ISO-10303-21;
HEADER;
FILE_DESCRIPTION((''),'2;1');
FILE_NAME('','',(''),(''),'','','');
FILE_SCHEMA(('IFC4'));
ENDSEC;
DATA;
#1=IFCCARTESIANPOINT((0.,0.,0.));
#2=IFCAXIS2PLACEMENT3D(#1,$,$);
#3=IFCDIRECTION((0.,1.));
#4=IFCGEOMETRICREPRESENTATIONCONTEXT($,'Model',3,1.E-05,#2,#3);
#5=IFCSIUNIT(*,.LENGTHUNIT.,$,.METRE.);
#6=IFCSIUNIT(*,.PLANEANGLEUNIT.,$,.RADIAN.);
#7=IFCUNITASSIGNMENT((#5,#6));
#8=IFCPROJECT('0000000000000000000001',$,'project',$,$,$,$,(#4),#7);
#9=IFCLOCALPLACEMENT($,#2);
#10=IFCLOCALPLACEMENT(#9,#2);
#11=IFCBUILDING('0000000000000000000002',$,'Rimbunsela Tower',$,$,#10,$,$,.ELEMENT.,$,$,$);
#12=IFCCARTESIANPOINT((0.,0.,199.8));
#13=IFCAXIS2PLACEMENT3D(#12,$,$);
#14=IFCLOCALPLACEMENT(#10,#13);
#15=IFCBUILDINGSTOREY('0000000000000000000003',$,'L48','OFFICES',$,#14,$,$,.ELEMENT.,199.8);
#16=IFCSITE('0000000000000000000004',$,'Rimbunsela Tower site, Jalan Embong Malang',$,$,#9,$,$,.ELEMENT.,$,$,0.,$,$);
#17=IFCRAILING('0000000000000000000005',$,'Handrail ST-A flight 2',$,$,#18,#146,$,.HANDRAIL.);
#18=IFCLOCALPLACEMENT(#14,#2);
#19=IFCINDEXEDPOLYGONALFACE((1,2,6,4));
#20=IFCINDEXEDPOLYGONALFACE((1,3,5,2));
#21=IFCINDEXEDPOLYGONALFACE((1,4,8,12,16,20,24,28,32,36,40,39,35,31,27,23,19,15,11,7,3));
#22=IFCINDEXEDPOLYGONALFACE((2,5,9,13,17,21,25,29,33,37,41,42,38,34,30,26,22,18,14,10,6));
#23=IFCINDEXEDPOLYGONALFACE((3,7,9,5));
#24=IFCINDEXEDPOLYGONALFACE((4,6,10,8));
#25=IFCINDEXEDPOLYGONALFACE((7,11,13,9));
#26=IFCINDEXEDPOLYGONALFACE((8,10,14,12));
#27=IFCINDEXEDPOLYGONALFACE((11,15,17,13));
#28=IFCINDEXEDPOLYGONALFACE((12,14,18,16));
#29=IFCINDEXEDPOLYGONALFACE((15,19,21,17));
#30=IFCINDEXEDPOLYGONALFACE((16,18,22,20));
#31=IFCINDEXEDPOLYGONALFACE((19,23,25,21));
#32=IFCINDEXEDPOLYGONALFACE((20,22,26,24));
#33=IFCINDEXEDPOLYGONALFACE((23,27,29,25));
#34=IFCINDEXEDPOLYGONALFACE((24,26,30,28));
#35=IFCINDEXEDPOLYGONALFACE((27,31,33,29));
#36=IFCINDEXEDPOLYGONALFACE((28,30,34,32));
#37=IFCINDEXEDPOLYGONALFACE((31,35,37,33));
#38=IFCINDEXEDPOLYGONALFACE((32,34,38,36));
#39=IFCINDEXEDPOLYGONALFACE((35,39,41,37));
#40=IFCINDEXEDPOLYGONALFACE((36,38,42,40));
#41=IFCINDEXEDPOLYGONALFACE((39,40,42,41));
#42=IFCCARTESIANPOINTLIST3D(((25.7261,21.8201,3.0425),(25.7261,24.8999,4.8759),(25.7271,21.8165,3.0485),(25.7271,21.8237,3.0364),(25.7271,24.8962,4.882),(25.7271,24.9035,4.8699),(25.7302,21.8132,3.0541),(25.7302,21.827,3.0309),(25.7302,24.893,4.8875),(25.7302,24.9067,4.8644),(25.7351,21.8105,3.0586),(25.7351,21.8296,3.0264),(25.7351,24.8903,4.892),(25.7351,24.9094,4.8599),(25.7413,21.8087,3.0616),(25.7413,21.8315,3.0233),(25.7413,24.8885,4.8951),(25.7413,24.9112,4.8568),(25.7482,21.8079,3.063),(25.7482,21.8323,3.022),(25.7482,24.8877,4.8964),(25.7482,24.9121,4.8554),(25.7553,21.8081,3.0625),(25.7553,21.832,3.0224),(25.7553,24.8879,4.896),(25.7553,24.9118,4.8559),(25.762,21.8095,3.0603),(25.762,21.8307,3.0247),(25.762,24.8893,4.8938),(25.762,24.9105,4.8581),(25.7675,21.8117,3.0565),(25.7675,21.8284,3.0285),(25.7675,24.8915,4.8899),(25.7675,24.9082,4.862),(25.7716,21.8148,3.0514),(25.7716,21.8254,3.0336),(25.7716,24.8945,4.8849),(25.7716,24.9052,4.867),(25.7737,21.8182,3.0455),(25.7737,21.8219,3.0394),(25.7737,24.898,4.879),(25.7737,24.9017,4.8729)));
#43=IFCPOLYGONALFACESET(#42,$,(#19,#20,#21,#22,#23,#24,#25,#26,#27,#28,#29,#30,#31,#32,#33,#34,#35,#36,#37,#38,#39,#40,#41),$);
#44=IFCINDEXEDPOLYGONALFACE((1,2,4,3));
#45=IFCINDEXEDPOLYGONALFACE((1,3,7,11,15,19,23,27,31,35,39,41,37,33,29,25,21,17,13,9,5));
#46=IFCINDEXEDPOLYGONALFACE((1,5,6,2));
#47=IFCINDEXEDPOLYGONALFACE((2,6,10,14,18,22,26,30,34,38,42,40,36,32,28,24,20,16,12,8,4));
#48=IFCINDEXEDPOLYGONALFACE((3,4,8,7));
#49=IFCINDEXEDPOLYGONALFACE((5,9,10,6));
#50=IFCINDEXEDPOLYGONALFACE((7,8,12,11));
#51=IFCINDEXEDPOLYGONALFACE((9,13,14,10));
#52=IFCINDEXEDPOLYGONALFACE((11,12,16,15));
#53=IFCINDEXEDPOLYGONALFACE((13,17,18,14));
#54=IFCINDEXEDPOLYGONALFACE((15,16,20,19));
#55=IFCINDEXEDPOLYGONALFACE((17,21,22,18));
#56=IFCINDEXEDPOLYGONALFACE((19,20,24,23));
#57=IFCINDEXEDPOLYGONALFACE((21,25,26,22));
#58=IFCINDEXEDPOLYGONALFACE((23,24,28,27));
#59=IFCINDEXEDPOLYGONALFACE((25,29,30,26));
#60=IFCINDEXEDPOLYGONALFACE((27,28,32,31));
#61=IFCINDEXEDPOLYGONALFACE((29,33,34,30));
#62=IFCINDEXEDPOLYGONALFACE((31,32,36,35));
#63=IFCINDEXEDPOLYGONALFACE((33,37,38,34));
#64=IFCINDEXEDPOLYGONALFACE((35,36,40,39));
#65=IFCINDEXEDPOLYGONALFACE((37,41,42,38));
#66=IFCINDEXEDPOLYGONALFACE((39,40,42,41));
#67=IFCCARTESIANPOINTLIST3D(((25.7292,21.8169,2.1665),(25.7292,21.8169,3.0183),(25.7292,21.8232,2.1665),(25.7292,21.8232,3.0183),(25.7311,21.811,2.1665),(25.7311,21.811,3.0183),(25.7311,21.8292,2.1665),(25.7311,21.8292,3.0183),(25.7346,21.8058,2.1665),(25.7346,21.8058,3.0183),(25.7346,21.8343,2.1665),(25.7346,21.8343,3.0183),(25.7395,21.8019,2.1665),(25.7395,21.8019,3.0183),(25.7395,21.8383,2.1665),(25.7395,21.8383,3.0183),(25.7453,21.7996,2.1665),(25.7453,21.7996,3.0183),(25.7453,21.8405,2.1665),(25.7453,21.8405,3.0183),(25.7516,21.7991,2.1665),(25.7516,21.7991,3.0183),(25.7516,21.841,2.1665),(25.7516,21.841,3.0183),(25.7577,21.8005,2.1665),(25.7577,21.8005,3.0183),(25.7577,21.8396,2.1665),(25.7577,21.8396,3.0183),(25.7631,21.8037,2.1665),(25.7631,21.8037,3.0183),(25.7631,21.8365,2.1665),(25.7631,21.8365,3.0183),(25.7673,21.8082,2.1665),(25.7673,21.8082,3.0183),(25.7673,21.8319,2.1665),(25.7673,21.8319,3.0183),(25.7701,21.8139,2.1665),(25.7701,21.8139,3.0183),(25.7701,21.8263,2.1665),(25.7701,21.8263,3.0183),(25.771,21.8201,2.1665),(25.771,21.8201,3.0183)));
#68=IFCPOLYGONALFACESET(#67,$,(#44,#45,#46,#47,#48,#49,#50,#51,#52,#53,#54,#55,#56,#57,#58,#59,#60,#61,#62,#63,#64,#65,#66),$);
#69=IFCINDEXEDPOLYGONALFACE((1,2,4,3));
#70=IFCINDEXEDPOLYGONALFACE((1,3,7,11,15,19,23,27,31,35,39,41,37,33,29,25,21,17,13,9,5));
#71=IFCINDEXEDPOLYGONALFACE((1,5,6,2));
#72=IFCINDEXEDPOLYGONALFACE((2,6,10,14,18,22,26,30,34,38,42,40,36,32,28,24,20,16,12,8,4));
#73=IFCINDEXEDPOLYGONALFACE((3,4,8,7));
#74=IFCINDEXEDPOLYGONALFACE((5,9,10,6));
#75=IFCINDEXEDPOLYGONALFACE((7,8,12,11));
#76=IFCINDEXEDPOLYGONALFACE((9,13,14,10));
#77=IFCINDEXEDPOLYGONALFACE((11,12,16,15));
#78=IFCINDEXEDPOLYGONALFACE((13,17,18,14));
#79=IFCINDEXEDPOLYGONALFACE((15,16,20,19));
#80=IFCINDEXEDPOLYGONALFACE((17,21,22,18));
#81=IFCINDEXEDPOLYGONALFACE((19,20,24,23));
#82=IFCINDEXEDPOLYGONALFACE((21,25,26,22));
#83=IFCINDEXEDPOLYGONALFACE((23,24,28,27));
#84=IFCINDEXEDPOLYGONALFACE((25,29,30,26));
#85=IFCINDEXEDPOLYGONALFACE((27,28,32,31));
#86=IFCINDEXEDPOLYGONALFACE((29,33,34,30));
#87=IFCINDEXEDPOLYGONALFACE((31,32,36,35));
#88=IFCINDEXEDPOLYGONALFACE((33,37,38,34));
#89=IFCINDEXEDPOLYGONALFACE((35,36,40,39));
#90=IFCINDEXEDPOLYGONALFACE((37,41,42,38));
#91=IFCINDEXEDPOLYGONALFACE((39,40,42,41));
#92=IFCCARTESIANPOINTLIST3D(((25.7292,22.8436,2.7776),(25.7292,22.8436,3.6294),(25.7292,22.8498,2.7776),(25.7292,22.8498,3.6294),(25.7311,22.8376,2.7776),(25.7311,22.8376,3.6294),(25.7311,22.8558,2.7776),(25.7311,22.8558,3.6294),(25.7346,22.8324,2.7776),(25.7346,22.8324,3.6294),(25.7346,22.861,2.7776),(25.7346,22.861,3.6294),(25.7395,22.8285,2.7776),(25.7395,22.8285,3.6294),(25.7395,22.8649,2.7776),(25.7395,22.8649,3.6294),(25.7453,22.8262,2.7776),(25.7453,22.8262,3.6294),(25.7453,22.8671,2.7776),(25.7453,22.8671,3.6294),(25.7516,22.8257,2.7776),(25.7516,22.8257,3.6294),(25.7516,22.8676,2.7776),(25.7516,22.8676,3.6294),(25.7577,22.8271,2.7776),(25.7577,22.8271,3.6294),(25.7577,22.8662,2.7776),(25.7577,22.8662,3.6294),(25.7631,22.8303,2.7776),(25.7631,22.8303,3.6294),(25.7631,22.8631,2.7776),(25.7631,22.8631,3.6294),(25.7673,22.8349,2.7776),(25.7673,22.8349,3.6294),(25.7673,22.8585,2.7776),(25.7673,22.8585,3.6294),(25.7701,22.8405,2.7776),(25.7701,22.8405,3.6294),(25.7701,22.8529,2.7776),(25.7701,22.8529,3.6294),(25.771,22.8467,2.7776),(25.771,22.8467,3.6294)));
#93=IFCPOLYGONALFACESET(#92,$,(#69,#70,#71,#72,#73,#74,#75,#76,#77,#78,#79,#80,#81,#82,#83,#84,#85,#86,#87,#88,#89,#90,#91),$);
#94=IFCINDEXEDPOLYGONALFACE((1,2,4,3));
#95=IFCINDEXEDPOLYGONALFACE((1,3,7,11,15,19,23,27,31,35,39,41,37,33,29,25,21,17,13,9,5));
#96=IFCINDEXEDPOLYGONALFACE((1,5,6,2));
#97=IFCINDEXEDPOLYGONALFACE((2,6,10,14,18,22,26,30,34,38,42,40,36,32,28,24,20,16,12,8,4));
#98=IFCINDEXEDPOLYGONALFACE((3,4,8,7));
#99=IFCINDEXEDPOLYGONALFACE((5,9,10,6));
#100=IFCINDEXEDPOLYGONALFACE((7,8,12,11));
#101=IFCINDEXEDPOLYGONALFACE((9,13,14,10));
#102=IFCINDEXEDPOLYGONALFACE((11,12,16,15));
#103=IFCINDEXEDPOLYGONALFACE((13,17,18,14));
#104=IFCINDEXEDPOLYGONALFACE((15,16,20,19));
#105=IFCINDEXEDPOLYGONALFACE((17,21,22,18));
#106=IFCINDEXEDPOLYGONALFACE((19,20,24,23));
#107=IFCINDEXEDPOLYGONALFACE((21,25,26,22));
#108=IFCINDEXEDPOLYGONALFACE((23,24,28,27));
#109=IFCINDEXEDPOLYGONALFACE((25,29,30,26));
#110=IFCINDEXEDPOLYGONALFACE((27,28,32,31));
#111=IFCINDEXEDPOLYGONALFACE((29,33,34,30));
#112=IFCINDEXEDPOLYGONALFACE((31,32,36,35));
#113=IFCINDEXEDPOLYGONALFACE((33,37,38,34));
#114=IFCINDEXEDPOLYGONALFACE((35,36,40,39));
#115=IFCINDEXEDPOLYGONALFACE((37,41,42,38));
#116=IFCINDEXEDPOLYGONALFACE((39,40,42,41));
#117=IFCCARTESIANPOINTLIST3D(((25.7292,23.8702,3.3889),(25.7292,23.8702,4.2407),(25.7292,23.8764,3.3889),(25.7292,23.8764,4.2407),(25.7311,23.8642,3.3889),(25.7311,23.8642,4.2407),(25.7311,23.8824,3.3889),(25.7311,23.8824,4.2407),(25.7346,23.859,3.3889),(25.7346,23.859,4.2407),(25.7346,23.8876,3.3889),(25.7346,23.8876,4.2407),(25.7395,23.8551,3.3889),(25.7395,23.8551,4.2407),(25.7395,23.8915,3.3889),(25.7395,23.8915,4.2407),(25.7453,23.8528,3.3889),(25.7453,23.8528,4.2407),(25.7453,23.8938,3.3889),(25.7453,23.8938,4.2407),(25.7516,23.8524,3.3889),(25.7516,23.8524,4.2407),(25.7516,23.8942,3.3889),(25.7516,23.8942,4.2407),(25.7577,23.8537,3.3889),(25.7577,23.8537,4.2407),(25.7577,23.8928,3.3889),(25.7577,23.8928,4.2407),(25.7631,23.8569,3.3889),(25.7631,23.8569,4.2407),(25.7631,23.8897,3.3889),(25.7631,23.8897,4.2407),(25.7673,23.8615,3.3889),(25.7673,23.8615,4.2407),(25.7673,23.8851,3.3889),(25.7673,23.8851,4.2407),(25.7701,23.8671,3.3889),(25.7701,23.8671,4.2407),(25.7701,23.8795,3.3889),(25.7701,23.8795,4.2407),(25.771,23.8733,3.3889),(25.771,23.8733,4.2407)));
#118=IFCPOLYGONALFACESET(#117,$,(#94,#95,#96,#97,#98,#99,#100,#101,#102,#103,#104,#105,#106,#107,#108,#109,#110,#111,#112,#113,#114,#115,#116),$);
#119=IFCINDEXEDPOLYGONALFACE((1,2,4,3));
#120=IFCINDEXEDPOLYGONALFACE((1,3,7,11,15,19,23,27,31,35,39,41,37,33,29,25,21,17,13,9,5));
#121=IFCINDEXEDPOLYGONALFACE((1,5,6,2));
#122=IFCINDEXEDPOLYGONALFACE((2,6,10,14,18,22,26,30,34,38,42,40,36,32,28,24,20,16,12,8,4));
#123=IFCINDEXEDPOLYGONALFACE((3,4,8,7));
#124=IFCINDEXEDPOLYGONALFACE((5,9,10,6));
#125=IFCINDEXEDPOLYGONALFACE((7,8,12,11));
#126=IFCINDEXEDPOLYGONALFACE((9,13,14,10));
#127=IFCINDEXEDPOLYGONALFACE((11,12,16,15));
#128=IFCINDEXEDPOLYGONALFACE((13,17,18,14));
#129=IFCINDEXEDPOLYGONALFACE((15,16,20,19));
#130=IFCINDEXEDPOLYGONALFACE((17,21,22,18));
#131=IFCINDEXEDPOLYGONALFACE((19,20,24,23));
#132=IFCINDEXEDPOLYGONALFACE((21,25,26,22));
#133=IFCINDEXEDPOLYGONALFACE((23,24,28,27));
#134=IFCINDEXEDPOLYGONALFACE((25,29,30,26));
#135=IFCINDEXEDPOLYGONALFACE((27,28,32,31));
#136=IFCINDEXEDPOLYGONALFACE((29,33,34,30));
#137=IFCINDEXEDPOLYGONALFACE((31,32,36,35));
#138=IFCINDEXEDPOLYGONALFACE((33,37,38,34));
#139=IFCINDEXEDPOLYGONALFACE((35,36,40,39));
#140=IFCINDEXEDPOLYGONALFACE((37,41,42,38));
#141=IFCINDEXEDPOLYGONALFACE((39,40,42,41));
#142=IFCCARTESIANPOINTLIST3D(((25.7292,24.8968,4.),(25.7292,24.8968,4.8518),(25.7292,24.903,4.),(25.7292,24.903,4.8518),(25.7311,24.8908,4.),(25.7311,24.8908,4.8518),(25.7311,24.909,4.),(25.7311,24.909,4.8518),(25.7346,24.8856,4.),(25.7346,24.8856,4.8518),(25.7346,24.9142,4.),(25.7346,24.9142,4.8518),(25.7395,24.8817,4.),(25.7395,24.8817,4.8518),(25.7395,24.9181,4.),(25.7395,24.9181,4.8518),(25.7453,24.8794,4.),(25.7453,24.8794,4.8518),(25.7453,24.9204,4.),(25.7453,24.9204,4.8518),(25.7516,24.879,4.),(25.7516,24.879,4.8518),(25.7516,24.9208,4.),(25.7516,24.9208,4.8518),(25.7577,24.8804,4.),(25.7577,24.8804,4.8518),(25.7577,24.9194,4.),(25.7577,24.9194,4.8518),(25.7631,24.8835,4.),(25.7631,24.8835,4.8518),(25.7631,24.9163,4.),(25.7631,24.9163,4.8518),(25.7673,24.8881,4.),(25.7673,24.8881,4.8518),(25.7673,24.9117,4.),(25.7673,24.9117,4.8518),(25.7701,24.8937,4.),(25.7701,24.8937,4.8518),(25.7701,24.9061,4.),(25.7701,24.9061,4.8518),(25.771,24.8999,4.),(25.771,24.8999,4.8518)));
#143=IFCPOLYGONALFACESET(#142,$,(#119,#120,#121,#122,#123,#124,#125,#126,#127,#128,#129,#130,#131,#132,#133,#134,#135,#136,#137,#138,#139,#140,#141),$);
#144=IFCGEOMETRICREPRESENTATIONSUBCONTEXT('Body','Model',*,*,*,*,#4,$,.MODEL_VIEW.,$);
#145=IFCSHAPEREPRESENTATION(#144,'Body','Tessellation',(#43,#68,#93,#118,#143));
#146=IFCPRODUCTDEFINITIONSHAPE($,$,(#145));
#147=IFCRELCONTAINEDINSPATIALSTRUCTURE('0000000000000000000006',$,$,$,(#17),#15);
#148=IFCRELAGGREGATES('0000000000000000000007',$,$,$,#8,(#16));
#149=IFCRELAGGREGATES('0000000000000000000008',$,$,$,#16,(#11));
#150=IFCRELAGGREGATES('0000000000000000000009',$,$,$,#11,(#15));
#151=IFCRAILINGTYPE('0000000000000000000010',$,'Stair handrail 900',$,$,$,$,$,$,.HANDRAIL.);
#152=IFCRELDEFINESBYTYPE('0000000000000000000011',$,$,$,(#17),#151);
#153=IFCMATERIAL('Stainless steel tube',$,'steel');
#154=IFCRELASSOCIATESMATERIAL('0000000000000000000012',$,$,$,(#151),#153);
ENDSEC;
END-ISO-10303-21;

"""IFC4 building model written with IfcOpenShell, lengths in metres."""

from ifc_helpers import new_model, si_unit, direction, frame, origin, origin_2d, place, context, subcontext, project, spatial, circle, extrude, material, type_object, element, save


model = new_model("IFC4")

# Units and contexts
model_context = context("Model", 3, precision=1e-05, world=origin(), true_north=direction((0.0, 1.0)))
body_context = subcontext(model_context, "Body", "Model", "MODEL_VIEW")
ifc_project = project(units=[si_unit("LENGTHUNIT", "METRE"), si_unit("PLANEANGLEUNIT", "RADIAN")], contexts=[model_context])

# Site, building, storey
site_placement = place(None, origin())
site = spatial("IfcSite", under=ifc_project, at=site_placement, Name="Rimbunsela Tower site, Jalan Embong Malang", CompositionType="ELEMENT", RefElevation=0.0)
building_placement = place(site_placement, origin())
building = spatial("IfcBuilding", under=site, at=building_placement, Name="Rimbunsela Tower", CompositionType="ELEMENT")
storey_placement = place(building_placement, frame((0.0, 0.0, 199.8)))
storey = spatial("IfcBuildingStorey", under=building, at=storey_placement, Name="L48", Description="OFFICES", CompositionType="ELEMENT", Elevation=199.8)

# Railing
ifc_material_1 = material(Name="Stainless steel tube", Category="steel")
railing_type = type_object("IfcRailingType", Name="Stair handrail 900", PredefinedType="HANDRAIL", material=ifc_material_1)
railing_1_placement = place(storey_placement, frame((25.75, 21.8201, 2.1665)))
element("IfcRailing", 1, at=railing_1_placement, inside=storey, type_object=railing_type, Name="Handrail ST-A flight 2", PredefinedType="HANDRAIL", context=body_context, shape_type="SweptSolid", body=[
    extrude(circle(Radius=0.0239, at=origin_2d()), frame((0.0, 0.0, 0.876), z_axis=(0.0, 0.859261, 0.511538), x_axis=(-1.0, 0.0, 0.0)), (0.0, 0.0, 1.0), 3.5842),
    extrude(circle(Radius=0.021, at=origin_2d()), origin(), (0.0, 0.0, 1.0), 0.8518),
    extrude(circle(Radius=0.021, at=origin_2d()), frame((0.0, 1.0266, 0.6111)), (0.0, 0.0, 1.0), 0.8518),
    extrude(circle(Radius=0.021, at=origin_2d()), frame((0.0, 2.0532, 1.2224)), (0.0, 0.0, 1.0), 0.8518),
    extrude(circle(Radius=0.021, at=origin_2d()), frame((0.0, 3.0798, 1.8335)), (0.0, 0.0, 1.0), 0.8518),
])

save(model, "model.ifc")
